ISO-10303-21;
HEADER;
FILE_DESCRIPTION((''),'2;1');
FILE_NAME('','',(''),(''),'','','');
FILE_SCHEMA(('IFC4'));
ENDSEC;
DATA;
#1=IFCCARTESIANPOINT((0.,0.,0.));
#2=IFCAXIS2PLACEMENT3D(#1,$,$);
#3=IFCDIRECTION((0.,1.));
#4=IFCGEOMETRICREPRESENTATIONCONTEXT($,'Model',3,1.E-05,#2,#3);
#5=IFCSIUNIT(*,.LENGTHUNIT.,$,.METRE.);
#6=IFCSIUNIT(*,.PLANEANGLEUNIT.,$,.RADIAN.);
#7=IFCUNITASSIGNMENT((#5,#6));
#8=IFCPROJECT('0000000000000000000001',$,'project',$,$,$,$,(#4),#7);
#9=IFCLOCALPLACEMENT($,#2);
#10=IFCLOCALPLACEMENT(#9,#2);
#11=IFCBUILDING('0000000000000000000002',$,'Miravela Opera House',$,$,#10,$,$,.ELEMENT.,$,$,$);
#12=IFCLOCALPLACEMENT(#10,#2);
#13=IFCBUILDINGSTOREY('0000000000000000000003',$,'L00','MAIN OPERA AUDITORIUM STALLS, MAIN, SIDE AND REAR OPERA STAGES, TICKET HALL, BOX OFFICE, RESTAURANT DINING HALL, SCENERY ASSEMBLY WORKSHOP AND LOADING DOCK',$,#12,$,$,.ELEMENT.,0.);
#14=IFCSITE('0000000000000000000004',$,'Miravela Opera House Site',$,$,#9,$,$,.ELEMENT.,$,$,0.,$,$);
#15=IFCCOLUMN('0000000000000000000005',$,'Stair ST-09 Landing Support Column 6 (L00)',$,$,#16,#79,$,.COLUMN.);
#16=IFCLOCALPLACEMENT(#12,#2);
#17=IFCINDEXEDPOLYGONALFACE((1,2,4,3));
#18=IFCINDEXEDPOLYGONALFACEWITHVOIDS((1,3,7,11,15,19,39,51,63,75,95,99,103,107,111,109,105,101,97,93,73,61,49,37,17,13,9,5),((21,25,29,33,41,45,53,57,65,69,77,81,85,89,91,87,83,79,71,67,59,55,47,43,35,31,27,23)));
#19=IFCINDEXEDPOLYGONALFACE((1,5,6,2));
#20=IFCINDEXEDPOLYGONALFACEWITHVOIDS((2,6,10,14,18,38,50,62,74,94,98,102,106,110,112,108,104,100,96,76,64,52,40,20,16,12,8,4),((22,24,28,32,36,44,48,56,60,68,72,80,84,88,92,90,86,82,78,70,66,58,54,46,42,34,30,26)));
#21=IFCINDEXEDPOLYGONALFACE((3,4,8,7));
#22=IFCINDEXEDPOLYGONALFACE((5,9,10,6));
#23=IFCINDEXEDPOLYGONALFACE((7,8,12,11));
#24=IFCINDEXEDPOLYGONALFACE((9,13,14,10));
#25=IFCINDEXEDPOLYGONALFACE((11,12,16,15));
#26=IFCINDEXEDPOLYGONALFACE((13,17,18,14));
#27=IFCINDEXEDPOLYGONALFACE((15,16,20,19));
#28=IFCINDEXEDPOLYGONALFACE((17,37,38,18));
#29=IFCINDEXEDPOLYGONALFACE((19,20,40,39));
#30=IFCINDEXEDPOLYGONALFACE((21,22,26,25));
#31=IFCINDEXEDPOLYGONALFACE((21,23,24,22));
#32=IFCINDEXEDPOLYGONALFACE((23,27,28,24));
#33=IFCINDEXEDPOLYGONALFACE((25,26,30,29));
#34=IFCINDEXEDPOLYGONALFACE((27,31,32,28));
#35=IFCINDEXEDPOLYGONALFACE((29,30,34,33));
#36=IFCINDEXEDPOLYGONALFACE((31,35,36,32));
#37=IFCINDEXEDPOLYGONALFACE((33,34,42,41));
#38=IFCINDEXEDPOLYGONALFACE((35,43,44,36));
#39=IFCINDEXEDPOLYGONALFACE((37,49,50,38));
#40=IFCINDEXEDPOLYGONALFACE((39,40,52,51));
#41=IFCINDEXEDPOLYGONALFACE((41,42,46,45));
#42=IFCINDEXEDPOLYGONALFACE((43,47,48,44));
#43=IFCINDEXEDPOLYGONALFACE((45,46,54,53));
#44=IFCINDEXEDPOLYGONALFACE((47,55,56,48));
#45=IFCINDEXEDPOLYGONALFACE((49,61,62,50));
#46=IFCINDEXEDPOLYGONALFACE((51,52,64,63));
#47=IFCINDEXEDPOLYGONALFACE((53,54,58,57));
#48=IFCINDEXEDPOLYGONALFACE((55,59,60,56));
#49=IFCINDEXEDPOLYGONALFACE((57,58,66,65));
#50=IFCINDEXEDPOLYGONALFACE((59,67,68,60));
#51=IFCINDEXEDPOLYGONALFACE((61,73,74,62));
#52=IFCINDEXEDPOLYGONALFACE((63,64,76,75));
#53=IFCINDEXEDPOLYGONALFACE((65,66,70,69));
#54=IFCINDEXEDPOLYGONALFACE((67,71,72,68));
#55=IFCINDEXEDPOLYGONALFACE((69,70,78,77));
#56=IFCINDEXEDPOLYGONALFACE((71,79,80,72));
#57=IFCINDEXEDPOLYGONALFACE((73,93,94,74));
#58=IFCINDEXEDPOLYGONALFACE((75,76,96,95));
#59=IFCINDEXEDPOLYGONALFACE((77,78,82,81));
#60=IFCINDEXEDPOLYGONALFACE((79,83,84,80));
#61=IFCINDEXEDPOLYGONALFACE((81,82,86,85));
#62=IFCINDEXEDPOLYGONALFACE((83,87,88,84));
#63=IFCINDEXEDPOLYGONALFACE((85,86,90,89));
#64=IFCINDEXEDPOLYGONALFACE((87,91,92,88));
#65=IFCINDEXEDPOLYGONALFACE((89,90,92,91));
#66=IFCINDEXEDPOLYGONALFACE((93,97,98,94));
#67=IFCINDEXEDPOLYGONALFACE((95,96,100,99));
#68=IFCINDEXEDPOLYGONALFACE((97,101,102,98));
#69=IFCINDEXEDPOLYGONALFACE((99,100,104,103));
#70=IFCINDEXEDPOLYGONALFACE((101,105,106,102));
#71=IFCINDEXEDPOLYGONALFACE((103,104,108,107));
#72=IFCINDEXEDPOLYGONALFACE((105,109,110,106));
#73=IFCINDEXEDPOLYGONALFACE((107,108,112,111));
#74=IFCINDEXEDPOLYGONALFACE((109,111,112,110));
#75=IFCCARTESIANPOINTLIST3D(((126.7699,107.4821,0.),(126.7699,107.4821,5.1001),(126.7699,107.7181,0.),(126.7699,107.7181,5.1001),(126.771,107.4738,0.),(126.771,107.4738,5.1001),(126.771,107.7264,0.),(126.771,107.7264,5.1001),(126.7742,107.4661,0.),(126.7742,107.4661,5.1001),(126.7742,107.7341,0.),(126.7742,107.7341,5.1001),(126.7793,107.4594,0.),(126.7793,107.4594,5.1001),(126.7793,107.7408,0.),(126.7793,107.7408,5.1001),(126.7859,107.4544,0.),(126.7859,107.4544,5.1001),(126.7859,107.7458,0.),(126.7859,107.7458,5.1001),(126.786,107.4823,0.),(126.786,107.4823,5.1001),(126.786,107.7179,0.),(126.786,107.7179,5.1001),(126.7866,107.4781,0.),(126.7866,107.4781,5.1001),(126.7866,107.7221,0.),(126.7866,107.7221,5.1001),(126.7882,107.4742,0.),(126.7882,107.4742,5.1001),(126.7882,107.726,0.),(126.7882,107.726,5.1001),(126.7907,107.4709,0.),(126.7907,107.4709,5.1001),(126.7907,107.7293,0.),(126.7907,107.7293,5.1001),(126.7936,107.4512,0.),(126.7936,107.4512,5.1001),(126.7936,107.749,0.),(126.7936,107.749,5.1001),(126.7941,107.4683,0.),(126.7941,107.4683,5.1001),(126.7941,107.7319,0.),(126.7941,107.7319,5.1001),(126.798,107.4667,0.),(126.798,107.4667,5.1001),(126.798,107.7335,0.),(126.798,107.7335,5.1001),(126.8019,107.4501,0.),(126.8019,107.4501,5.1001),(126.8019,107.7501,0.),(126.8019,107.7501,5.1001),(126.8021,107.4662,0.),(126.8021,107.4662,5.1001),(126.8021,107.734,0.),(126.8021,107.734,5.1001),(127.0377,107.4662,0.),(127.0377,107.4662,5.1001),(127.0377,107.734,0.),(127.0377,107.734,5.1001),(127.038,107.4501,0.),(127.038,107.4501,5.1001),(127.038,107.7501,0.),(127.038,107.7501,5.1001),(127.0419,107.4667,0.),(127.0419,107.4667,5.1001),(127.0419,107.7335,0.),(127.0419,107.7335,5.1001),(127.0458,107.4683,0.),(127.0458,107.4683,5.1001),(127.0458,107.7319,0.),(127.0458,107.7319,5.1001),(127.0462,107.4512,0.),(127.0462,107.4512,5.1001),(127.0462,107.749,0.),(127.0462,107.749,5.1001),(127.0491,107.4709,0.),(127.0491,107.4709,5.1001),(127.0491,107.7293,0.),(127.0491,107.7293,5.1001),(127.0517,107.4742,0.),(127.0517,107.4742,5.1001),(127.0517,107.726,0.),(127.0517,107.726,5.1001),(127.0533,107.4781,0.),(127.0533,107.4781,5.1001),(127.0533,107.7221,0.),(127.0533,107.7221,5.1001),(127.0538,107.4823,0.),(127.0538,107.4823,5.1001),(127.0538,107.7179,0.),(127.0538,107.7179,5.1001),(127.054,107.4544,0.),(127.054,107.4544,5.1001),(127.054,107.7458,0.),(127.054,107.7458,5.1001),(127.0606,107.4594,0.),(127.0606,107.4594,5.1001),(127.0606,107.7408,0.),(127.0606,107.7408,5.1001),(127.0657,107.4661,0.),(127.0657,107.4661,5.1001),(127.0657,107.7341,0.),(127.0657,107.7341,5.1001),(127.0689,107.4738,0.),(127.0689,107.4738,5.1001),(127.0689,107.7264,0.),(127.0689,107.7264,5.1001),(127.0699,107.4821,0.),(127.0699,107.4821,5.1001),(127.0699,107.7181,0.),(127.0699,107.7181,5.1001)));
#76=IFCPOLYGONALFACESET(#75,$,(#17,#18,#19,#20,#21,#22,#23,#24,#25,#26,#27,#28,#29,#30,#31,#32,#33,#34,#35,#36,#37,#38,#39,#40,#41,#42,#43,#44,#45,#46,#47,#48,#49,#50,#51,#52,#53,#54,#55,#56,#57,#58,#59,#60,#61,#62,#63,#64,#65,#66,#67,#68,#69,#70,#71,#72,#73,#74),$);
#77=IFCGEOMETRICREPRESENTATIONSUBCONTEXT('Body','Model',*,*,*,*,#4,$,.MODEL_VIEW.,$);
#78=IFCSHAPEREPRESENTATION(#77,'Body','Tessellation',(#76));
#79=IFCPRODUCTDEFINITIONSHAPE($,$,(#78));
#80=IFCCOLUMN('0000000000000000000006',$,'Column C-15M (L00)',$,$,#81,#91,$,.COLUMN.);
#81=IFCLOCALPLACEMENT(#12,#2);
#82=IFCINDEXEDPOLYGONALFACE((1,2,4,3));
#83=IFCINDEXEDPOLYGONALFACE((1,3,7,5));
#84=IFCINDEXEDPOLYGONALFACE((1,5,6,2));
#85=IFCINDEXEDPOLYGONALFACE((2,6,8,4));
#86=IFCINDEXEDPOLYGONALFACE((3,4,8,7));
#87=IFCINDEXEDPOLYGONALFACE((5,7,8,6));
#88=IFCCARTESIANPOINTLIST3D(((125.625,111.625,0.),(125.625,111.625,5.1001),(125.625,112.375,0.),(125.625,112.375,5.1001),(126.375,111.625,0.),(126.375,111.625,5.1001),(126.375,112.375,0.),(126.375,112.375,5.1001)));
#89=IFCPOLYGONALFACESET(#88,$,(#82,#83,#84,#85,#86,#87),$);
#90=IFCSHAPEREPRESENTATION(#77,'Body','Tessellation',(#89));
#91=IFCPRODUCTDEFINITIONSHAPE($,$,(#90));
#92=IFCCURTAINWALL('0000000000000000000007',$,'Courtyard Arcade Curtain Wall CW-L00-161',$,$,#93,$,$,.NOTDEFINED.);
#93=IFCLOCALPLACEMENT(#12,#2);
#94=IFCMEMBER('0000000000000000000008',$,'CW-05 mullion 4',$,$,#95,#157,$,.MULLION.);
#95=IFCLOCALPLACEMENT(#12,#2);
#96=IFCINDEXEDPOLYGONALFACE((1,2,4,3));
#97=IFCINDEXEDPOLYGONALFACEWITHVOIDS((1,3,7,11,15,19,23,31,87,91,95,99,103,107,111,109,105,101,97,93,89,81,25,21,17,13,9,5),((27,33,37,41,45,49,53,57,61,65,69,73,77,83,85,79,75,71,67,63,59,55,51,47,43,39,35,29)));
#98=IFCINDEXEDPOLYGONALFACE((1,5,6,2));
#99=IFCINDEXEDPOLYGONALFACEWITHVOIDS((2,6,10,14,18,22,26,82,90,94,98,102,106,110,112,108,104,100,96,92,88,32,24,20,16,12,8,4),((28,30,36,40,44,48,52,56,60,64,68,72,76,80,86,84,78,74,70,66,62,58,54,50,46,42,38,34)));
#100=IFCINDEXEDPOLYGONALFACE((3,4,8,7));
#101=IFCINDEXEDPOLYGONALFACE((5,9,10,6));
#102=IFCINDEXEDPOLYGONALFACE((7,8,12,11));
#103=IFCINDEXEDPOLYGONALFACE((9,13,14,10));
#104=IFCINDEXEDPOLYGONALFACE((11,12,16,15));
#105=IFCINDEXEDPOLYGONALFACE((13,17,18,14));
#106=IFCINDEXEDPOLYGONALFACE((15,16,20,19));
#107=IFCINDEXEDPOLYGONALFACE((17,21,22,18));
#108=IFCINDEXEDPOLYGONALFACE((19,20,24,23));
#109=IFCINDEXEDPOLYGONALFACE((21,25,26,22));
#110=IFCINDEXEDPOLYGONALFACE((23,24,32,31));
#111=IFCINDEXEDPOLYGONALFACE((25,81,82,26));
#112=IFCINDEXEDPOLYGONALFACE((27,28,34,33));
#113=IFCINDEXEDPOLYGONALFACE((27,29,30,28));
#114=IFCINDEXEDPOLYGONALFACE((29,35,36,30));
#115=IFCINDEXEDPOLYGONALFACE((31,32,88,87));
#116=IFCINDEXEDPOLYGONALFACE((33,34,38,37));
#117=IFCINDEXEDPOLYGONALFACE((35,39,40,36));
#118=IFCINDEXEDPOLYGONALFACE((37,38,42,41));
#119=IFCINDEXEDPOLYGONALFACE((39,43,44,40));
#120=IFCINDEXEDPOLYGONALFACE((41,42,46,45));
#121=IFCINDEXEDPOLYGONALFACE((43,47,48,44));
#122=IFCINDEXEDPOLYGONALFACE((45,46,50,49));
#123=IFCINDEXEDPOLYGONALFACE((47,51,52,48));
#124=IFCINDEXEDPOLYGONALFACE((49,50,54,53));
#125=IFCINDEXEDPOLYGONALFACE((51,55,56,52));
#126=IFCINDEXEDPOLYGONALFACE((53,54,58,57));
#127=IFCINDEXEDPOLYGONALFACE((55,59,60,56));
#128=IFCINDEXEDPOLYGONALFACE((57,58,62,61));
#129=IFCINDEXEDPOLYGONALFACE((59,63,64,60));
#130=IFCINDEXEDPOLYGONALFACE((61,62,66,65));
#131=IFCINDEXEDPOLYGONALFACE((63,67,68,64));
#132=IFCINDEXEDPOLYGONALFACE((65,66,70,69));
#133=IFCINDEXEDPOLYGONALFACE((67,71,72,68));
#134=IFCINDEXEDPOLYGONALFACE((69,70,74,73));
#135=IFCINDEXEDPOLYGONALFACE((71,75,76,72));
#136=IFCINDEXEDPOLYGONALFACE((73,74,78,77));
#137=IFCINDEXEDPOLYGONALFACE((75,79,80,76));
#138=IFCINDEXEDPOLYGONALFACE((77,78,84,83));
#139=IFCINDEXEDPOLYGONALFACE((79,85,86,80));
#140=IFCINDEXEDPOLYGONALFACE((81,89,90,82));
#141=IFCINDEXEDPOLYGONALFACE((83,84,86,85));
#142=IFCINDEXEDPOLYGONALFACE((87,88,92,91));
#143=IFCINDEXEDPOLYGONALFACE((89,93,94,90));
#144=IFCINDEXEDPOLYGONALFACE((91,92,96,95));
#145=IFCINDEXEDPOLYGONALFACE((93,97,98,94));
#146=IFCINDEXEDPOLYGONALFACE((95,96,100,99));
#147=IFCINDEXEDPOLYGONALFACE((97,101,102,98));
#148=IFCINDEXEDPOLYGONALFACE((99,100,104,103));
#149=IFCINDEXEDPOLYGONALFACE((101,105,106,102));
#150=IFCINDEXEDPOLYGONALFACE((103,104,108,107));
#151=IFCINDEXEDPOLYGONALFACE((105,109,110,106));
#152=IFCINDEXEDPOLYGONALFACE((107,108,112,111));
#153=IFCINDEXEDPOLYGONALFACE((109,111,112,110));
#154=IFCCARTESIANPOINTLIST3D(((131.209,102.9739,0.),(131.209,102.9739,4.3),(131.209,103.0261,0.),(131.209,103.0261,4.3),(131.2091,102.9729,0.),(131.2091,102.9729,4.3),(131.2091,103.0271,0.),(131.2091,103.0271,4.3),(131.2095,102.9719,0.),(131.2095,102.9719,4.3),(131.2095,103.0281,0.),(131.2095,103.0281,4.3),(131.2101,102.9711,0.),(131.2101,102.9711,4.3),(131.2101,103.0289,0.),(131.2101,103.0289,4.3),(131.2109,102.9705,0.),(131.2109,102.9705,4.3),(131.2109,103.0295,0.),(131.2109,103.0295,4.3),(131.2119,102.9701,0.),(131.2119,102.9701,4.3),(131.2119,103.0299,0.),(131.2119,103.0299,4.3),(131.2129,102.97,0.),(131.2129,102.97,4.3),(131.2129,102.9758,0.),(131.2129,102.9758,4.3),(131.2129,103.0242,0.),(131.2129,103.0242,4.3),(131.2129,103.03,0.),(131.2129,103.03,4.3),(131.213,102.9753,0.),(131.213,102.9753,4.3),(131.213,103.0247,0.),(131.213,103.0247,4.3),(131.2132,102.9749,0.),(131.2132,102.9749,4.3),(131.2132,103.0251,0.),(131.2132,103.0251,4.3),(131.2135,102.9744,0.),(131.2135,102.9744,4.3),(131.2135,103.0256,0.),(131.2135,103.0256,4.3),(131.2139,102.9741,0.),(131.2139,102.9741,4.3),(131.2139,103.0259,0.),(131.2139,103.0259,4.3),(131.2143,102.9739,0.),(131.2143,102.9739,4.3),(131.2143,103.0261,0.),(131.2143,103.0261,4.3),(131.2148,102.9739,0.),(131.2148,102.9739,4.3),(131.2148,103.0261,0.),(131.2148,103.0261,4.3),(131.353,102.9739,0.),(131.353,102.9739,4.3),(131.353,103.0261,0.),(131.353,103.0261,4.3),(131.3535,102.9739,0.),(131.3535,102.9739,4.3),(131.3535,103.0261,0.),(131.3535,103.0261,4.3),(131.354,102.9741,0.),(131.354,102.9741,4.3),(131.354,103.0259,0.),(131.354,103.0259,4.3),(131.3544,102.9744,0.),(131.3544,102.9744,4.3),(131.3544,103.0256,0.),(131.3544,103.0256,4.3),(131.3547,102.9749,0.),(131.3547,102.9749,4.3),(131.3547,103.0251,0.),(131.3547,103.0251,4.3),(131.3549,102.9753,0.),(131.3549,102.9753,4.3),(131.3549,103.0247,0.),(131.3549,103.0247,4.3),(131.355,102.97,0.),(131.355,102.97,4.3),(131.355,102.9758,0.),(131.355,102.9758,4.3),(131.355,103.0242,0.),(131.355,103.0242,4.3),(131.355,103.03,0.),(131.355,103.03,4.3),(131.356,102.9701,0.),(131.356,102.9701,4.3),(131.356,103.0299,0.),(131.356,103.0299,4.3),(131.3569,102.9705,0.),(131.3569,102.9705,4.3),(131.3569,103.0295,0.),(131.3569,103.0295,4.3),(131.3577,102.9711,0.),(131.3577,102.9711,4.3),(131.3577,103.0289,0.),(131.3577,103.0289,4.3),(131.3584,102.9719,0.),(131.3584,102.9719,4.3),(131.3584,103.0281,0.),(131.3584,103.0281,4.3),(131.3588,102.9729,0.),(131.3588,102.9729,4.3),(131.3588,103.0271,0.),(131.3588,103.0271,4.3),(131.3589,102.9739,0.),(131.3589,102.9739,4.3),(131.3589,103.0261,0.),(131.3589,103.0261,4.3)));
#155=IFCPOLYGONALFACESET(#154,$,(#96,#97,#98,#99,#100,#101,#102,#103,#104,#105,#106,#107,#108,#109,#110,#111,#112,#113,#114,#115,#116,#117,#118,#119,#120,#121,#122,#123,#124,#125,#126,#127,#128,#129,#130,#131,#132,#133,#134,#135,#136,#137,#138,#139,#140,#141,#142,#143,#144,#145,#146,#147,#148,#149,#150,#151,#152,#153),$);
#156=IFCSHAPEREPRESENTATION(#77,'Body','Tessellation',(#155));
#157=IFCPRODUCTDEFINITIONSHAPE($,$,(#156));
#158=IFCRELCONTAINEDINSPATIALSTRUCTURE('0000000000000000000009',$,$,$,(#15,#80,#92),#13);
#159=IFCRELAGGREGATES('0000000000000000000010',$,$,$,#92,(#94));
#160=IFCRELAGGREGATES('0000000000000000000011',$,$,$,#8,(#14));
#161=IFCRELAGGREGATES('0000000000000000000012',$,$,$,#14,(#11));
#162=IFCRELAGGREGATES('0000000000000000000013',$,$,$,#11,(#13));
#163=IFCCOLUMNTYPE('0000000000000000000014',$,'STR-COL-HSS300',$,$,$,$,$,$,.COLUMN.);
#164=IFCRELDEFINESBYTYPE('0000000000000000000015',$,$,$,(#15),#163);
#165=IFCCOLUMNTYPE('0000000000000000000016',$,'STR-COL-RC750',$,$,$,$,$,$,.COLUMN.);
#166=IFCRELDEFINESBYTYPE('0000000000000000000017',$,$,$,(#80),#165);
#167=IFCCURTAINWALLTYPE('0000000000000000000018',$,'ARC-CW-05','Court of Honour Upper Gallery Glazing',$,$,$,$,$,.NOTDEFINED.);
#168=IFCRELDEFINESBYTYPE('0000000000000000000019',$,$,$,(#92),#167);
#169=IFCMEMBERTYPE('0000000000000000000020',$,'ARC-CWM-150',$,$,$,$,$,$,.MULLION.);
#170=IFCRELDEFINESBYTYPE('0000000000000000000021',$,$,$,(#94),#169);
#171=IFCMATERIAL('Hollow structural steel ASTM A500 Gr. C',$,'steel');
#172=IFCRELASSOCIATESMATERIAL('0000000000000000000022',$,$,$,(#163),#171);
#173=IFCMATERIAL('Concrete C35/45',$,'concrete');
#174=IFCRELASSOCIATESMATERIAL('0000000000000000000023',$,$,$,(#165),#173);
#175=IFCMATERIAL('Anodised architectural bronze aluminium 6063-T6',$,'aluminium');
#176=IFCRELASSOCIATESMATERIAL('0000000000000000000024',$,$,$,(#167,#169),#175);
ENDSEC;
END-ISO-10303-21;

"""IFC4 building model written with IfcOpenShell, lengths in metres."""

from ifc_helpers import new_model, si_unit, direction, frame, origin, origin_2d, place, context, subcontext, project, spatial, rectangle, hollow_rectangle, extrude, material, material_profile, profile_set, type_object, element, aggregate, save


model = new_model("IFC4")

# Units and contexts
model_context = context("Model", 3, precision=1e-05, world=origin(), true_north=direction((0.0, 1.0)))
body_context = subcontext(model_context, "Body", "Model", "MODEL_VIEW")
ifc_project = project(units=[si_unit("LENGTHUNIT", "METRE"), si_unit("PLANEANGLEUNIT", "RADIAN")], contexts=[model_context])

# Site, building, storey
site_placement = place(None, origin())
site = spatial("IfcSite", under=ifc_project, at=site_placement, Name="Miravela Opera House Site", CompositionType="ELEMENT", RefElevation=0.0)
building_placement = place(site_placement, origin())
building = spatial("IfcBuilding", under=site, at=building_placement, Name="Miravela Opera House", CompositionType="ELEMENT")
storey_placement = place(building_placement, origin())
storey = spatial("IfcBuildingStorey", under=building, at=storey_placement, Name="L00", Description="MAIN OPERA AUDITORIUM STALLS, MAIN, SIDE AND REAR OPERA STAGES, TICKET HALL, BOX OFFICE, RESTAURANT DINING HALL, SCENERY ASSEMBLY WORKSHOP AND LOADING DOCK", CompositionType="ELEMENT", Elevation=0.0)

# Columns
ifc_material_1 = material(Name="Hollow structural steel ASTM A500 Gr. C", Category="steel")
ifc_material_profile_1 = material_profile(ifc_material_1, hollow_rectangle(XDim=0.3, YDim=0.3, WallThickness=0.0161, InnerFilletRadius=0.0161, OuterFilletRadius=0.032, at=origin_2d()), Name="HSS300X300X16")
ifc_profile_set_1 = profile_set([ifc_material_profile_1])
column_type_1 = type_object("IfcColumnType", Name="STR-COL-HSS300", PredefinedType="COLUMN", material=ifc_profile_set_1)
for number, where, z_axis, x_axis, name in (
    (1, (126.9199, 107.6001, 0.0), (0.0, 0.0, 1.0), (1.0, 0.0, 0.0), "Stair ST-09 Landing Support Column 6 (L00)"),
):
    element("IfcColumn", number, at=place(storey_placement, frame(where, z_axis=z_axis, x_axis=x_axis)), inside=storey, type_object=column_type_1, Name=name, PredefinedType="COLUMN", context=body_context, shape_type="SweptSolid", body=[
        extrude(hollow_rectangle(XDim=0.3, YDim=0.3, WallThickness=0.0161, InnerFilletRadius=0.0161, OuterFilletRadius=0.032, at=origin_2d()), origin(), (0.0, 0.0, 1.0), 5.1001),
    ])
ifc_material_2 = material(Name="Concrete C35/45", Category="concrete")
ifc_material_profile_2 = material_profile(ifc_material_2, rectangle(XDim=0.75, YDim=0.75, at=origin_2d()), Name="RC-COL-750X750")
ifc_profile_set_2 = profile_set([ifc_material_profile_2])
column_type_2 = type_object("IfcColumnType", Name="STR-COL-RC750", PredefinedType="COLUMN", material=ifc_profile_set_2)
column_placement = place(storey_placement, frame((126.0, 112.0, 0.0), z_axis=(0.0, 0.0, 1.0), x_axis=(1.0, 0.0, 0.0)))
element("IfcColumn", 2, at=column_placement, inside=storey, type_object=column_type_2, Name="Column C-15M (L00)", PredefinedType="COLUMN", context=body_context, shape_type="SweptSolid", body=[
    extrude(rectangle(XDim=0.75, YDim=0.75, at=origin_2d()), origin(), (0.0, 0.0, 1.0), 5.1001),
])

# Curtain wall, member
ifc_material_3 = material(Name="Anodised architectural bronze aluminium 6063-T6", Category="aluminium")
curtain_wall_type = type_object("IfcCurtainWallType", Name="ARC-CW-05", Description="Court of Honour Upper Gallery Glazing", PredefinedType="NOTDEFINED", material=ifc_material_3)
curtain_wall_placement = place(storey_placement, origin())
curtain_wall = element("IfcCurtainWall", 3, at=curtain_wall_placement, inside=storey, type_object=curtain_wall_type, Name="Courtyard Arcade Curtain Wall CW-L00-161", PredefinedType="NOTDEFINED")
ifc_material_profile_3 = material_profile(ifc_material_3, hollow_rectangle(XDim=0.0601, YDim=0.1499, WallThickness=0.0039, InnerFilletRadius=0.002, OuterFilletRadius=0.0039, at=origin_2d()), Name="CWM-60X150")
ifc_profile_set_3 = profile_set([ifc_material_profile_3])
member_type_1 = type_object("IfcMemberType", Name="ARC-CWM-150", PredefinedType="MULLION", material=ifc_profile_set_3)
member_1_placement = place(storey_placement, frame((131.2839, 103.0, 0.0), z_axis=(0.0, 0.0, 1.0), x_axis=(0.0, 1.0, 0.0)))
member_1 = element("IfcMember", 4, at=member_1_placement, type_object=member_type_1, Name="CW-05 mullion 4", PredefinedType="MULLION", context=body_context, shape_type="SweptSolid", body=[
    extrude(hollow_rectangle(XDim=0.0601, YDim=0.1499, WallThickness=0.0039, InnerFilletRadius=0.002, OuterFilletRadius=0.0039, at=origin_2d()), origin(), (0.0, 0.0, 1.0), 4.3),
])

aggregate(curtain_wall, [member_1])

save(model, "model.ifc")
